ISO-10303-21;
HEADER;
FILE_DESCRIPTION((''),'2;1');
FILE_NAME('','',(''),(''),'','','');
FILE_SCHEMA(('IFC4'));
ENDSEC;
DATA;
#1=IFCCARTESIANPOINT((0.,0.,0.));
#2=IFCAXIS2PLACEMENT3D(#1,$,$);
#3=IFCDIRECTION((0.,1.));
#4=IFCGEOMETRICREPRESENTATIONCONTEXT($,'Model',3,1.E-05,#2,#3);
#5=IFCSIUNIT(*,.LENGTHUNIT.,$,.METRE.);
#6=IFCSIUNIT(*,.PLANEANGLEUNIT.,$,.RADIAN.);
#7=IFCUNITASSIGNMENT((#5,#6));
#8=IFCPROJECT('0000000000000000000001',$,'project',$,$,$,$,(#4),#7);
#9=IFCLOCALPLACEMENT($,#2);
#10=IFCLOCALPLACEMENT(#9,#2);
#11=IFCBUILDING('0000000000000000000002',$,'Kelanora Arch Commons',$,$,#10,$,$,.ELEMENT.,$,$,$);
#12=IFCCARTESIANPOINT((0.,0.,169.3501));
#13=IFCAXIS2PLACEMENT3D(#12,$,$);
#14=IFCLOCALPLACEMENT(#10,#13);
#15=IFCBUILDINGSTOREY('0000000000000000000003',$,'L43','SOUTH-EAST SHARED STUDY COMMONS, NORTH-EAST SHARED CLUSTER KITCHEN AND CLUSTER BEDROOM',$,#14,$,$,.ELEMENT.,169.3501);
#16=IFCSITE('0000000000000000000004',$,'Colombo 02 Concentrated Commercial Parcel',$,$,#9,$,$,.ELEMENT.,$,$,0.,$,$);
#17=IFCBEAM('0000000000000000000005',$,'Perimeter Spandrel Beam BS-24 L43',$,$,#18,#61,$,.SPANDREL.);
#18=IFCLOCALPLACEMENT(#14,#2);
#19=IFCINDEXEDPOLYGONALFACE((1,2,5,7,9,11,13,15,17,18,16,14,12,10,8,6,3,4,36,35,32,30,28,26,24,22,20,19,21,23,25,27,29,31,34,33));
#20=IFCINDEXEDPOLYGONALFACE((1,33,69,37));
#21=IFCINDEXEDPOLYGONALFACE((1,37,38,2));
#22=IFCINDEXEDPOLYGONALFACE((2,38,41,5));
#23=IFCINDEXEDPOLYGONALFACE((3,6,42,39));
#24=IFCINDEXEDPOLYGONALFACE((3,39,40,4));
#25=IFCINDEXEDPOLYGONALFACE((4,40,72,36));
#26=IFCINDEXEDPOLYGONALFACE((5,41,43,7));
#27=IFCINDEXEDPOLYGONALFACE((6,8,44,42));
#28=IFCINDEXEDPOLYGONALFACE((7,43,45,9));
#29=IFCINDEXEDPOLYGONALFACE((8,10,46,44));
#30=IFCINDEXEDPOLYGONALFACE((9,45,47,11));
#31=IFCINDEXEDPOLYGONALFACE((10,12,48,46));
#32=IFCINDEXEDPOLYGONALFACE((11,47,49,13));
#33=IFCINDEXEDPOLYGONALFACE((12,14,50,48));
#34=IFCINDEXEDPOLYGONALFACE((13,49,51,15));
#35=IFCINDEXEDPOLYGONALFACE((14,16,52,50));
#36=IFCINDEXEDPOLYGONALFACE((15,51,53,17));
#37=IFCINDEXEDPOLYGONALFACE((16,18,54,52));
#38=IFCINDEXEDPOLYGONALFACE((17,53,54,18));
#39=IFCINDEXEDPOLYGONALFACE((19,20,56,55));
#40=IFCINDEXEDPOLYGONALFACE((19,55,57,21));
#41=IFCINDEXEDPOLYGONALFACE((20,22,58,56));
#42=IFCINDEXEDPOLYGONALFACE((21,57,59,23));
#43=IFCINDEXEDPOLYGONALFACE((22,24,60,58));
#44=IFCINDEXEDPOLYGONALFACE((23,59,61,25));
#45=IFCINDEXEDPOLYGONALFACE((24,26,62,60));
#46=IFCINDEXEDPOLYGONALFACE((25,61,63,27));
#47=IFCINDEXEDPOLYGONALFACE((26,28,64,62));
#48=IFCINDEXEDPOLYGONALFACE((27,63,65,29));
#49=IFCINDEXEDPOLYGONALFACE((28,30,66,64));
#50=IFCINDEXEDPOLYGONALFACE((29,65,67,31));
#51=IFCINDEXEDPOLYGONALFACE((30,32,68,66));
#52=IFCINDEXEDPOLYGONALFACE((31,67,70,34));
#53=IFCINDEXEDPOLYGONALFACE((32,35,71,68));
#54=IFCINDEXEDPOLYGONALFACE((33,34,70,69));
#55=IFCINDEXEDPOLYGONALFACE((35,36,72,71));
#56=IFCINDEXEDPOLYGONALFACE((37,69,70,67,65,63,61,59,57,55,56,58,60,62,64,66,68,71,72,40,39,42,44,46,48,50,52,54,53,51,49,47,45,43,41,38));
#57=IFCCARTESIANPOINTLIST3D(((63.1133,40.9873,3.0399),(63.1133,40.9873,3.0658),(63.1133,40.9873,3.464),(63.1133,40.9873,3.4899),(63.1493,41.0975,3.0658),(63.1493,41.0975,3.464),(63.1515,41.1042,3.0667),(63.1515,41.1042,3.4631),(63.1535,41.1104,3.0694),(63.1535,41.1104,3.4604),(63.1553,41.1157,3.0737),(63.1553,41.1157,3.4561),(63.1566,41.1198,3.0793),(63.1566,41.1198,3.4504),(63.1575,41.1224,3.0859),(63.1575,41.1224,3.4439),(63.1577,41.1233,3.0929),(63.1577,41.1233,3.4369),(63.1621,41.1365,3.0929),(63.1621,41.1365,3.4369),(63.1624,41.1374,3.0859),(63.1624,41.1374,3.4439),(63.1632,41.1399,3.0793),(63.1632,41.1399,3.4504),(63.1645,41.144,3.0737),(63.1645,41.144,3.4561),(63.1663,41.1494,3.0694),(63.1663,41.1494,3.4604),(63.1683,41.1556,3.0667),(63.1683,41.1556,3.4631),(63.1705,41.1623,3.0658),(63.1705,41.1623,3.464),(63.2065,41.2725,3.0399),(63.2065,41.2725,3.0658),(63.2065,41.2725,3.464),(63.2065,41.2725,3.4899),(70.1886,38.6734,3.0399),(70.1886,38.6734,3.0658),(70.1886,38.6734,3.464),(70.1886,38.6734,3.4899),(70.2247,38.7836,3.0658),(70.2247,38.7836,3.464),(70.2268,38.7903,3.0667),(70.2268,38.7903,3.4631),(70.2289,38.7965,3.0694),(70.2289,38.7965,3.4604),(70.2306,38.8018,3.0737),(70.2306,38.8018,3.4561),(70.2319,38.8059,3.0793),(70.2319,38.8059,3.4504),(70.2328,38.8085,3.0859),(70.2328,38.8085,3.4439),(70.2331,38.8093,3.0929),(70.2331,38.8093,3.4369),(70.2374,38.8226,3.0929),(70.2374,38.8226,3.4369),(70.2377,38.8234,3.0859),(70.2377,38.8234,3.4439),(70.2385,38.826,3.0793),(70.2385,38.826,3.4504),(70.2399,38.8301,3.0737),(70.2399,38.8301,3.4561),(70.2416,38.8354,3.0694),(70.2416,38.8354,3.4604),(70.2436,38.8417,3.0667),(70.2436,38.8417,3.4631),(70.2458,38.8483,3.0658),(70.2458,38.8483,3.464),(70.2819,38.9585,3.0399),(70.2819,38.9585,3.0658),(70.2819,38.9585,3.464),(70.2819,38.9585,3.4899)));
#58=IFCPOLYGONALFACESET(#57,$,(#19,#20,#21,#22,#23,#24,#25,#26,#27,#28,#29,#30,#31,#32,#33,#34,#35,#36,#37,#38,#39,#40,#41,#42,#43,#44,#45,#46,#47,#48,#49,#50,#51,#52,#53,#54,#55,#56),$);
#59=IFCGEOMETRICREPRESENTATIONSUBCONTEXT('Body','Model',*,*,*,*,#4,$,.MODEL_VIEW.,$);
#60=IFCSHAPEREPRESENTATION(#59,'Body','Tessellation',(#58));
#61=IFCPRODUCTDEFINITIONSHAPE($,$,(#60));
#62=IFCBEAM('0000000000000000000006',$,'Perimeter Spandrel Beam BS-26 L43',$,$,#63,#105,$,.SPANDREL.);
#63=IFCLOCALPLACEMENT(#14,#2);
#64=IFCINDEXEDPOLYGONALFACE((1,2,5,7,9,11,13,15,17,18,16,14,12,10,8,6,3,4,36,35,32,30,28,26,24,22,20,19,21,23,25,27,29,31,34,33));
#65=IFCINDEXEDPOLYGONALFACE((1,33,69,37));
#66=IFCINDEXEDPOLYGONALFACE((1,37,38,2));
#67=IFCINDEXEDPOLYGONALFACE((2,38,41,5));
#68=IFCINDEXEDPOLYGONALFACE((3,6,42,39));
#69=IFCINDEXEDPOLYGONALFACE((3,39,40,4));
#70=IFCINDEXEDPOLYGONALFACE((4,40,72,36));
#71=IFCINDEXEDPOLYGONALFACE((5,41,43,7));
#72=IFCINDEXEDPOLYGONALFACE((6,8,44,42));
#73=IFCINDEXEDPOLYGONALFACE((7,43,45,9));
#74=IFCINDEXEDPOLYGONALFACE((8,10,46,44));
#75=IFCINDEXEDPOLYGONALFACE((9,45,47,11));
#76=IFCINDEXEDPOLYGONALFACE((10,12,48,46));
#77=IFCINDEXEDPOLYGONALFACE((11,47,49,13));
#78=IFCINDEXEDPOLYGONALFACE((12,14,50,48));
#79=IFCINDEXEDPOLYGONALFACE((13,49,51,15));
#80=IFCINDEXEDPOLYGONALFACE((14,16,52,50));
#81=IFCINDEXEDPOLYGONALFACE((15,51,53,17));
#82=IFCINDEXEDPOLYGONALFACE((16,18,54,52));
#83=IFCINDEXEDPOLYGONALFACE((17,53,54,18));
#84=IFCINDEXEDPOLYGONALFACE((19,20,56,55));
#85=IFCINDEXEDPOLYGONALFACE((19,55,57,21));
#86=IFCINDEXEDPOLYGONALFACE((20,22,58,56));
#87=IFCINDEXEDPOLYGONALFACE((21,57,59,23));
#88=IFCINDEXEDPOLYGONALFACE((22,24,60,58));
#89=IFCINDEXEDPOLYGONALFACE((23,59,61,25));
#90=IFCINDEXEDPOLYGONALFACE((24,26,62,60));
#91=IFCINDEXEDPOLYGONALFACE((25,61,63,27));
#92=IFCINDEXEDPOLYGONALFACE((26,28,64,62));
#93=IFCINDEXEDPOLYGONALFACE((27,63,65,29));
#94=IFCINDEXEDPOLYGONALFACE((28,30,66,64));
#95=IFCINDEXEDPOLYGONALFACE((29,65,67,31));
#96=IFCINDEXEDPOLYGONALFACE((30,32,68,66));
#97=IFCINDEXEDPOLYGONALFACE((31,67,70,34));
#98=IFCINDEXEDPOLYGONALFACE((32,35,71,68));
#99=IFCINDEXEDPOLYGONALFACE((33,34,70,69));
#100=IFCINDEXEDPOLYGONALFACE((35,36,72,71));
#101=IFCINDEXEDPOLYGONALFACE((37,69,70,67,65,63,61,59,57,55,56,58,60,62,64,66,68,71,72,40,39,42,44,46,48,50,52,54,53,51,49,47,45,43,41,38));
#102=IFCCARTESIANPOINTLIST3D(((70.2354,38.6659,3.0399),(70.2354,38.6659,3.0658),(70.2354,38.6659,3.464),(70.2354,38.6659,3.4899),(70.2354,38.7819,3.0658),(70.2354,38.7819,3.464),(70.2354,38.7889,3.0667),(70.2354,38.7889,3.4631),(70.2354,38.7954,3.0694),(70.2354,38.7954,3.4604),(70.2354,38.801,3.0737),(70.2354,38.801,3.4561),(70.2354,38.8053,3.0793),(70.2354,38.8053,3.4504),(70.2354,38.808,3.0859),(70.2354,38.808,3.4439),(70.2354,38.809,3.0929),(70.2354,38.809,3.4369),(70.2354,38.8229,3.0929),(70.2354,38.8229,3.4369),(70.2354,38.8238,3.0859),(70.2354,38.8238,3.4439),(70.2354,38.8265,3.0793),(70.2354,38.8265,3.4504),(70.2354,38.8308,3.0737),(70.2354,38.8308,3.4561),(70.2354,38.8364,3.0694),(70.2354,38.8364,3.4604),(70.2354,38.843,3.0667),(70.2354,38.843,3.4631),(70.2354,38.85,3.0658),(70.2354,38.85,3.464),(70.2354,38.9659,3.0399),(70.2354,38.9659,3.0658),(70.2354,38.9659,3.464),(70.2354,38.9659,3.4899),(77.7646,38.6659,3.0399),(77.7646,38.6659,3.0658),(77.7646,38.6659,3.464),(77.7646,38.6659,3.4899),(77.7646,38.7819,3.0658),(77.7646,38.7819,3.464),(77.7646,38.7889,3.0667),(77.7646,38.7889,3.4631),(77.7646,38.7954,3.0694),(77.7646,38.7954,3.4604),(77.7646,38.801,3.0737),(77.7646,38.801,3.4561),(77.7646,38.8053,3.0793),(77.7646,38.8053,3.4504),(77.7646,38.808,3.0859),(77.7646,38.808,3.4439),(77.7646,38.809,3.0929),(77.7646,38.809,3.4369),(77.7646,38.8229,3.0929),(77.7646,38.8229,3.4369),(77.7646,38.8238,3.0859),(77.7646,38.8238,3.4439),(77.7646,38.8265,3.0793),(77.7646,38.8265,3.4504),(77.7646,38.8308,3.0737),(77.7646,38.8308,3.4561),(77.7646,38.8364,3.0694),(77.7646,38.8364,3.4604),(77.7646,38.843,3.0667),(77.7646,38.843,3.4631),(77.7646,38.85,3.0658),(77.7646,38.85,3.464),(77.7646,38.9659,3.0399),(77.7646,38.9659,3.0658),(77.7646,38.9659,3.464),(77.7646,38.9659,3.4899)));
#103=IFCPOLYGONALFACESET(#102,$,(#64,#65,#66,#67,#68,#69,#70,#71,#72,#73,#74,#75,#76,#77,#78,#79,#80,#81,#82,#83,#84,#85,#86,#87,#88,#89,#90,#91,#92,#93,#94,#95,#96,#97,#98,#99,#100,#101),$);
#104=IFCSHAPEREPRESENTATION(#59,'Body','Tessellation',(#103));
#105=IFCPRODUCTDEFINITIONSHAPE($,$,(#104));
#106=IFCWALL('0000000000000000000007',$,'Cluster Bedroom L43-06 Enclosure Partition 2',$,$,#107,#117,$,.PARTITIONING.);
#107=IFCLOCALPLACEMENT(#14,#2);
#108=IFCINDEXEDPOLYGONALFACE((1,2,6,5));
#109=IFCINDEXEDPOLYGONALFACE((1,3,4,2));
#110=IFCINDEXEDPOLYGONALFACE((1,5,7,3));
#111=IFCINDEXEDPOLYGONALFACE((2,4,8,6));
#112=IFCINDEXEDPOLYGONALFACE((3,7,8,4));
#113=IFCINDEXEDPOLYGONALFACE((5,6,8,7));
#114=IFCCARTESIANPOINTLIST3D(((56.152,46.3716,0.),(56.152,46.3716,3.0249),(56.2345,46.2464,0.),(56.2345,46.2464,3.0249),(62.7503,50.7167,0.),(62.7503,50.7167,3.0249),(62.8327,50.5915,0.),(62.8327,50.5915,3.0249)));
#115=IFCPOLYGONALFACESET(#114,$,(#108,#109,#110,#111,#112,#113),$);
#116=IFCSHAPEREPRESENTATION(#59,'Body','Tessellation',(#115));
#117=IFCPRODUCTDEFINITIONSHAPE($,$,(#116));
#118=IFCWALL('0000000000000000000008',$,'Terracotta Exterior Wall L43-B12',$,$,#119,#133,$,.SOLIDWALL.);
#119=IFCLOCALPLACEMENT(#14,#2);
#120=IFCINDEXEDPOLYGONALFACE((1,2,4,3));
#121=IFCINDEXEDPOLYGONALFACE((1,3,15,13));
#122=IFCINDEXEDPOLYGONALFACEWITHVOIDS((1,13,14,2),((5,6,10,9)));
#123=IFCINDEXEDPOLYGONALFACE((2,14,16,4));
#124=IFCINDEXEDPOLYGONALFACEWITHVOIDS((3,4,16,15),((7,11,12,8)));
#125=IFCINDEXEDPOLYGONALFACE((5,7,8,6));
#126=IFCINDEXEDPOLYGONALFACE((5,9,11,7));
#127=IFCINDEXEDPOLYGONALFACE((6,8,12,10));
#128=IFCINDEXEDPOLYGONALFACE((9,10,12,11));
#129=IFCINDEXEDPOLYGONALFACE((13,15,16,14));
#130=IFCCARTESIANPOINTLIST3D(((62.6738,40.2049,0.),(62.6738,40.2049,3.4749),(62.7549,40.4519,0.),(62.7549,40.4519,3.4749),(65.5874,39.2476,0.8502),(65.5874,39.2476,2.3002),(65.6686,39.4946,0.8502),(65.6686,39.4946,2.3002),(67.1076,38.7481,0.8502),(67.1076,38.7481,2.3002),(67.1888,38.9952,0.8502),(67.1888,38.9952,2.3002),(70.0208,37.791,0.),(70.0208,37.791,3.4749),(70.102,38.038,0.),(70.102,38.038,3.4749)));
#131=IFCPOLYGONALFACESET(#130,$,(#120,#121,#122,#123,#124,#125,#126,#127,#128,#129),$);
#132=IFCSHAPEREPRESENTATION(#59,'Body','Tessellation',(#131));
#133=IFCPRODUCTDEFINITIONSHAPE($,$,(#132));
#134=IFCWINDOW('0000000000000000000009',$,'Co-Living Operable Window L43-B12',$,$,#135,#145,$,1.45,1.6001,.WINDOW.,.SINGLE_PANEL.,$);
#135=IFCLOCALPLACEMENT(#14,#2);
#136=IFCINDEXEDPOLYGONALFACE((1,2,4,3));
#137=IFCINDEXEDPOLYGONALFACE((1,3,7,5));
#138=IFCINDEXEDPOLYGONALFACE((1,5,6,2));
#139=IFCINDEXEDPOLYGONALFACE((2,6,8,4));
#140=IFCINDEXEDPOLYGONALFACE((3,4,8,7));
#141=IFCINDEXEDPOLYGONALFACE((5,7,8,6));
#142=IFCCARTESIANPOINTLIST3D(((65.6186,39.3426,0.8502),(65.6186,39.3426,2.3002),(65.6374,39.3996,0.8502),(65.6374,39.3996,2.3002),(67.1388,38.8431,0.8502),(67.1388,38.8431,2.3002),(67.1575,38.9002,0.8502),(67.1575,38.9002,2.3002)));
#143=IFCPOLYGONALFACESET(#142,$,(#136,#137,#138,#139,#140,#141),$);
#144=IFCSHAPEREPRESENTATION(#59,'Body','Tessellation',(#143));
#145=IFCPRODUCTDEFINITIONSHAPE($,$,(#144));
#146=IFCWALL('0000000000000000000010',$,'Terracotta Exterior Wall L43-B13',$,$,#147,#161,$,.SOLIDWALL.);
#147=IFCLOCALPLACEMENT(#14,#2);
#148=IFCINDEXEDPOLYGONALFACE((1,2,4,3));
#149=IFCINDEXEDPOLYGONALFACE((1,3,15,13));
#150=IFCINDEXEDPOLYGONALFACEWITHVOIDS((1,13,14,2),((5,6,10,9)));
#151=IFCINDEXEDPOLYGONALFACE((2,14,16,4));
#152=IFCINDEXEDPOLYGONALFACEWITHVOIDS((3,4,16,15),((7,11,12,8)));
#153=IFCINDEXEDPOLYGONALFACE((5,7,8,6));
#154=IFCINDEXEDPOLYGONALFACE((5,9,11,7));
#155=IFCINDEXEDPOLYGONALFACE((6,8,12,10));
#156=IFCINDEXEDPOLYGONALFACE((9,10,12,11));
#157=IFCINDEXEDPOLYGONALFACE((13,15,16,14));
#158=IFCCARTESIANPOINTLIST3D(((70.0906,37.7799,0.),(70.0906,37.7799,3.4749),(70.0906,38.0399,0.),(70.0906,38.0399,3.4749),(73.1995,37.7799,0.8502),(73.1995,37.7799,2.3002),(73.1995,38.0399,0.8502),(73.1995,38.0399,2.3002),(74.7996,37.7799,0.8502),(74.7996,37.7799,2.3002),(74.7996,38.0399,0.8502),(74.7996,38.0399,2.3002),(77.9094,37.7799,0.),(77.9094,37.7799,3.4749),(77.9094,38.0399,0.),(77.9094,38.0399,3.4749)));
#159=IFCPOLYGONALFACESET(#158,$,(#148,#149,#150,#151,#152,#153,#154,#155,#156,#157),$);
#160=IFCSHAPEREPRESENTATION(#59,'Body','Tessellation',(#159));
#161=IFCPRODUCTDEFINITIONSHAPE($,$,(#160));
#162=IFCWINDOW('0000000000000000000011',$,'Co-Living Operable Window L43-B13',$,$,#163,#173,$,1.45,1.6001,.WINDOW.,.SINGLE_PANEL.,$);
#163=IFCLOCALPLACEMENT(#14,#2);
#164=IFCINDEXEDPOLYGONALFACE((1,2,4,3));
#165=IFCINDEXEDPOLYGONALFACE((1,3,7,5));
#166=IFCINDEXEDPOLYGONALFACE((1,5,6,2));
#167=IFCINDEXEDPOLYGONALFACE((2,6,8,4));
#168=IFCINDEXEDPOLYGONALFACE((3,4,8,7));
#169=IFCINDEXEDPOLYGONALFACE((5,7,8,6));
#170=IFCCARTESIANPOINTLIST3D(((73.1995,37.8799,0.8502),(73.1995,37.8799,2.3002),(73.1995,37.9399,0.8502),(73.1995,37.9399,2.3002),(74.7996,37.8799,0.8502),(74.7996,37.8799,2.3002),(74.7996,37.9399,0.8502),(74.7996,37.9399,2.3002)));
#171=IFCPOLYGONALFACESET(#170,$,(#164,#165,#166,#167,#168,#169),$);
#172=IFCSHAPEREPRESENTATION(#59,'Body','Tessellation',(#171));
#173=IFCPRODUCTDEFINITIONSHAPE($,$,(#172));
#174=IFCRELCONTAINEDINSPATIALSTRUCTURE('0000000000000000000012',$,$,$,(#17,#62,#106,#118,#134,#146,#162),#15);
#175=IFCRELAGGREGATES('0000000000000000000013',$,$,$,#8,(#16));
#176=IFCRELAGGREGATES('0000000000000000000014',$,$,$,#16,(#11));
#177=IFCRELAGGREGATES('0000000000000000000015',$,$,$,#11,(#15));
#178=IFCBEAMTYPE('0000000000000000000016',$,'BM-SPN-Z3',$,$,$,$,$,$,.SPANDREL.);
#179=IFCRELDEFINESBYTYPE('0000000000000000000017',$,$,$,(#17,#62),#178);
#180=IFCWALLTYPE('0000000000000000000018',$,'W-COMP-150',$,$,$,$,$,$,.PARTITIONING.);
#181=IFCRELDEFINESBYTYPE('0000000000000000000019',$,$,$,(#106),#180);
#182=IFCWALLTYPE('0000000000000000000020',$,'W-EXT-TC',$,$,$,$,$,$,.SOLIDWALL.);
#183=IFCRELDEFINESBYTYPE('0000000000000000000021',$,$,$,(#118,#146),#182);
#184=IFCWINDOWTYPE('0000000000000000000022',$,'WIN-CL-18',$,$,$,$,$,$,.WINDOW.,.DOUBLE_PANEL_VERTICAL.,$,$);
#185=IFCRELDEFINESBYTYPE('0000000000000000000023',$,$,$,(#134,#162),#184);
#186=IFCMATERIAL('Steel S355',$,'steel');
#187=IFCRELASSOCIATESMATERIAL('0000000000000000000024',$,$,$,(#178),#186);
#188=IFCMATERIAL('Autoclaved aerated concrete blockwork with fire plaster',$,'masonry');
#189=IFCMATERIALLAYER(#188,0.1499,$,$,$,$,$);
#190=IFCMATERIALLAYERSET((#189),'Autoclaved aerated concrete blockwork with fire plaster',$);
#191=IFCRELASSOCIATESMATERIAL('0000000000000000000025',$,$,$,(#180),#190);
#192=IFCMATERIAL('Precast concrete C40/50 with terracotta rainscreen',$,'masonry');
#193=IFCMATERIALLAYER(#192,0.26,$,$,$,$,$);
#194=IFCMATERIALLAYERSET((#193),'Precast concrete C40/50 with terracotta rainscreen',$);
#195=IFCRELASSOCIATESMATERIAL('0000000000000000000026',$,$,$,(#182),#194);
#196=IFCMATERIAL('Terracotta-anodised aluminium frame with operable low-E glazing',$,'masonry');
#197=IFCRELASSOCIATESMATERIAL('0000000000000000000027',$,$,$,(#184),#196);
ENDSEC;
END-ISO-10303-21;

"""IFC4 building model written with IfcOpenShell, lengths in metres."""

from ifc_helpers import new_model, si_unit, direction, frame, frame_2d, origin, origin_2d, place, context, subcontext, project, spatial, rectangle, i_section, extrude, material, layer, layer_set, material_profile, profile_set, type_object, element, fill, save


model = new_model("IFC4")

# Units and contexts
model_context = context("Model", 3, precision=1e-05, world=origin(), true_north=direction((0.0, 1.0)))
body_context = subcontext(model_context, "Body", "Model", "MODEL_VIEW")
ifc_project = project(units=[si_unit("LENGTHUNIT", "METRE"), si_unit("PLANEANGLEUNIT", "RADIAN")], contexts=[model_context])

# Site, building, storey
site_placement = place(None, origin())
site = spatial("IfcSite", under=ifc_project, at=site_placement, Name="Colombo 02 Concentrated Commercial Parcel", CompositionType="ELEMENT", RefElevation=0.0)
building_placement = place(site_placement, origin())
building = spatial("IfcBuilding", under=site, at=building_placement, Name="Kelanora Arch Commons", CompositionType="ELEMENT")
storey_placement = place(building_placement, frame((0.0, 0.0, 169.3501)))
storey = spatial("IfcBuildingStorey", under=building, at=storey_placement, Name="L43", Description="SOUTH-EAST SHARED STUDY COMMONS, NORTH-EAST SHARED CLUSTER KITCHEN AND CLUSTER BEDROOM", CompositionType="ELEMENT", Elevation=169.3501)

# Beams
ifc_material_1 = material(Name="Steel S355", Category="steel")
ifc_material_profile_1 = material_profile(ifc_material_1, i_section(OverallWidth=0.3, OverallDepth=0.45, WebThickness=0.0139, FlangeThickness=0.0259, FilletRadius=0.0271, at=origin_2d()), Name="HEB450")
ifc_profile_set_1 = profile_set([ifc_material_profile_1], Name="Steel S355")
beam_type_1 = type_object("IfcBeamType", Name="BM-SPN-Z3", PredefinedType="SPANDREL", material=ifc_profile_set_1)
beam_1_placement = place(storey_placement, frame((63.1599, 41.1299, 3.2649), z_axis=(0.950462, -0.310841, 0.0), x_axis=(0.310841, 0.950462, 0.0)))
element("IfcBeam", 1, at=beam_1_placement, inside=storey, type_object=beam_type_1, Name="Perimeter Spandrel Beam BS-24 L43", PredefinedType="SPANDREL", context=body_context, shape_type="SweptSolid", body=[
    extrude(i_section(OverallWidth=0.3, OverallDepth=0.45, WebThickness=0.0139, FlangeThickness=0.0259, FilletRadius=0.0271, at=origin_2d()), origin(), (0.0, 0.0, 1.0), 7.4441),
])
beam_2_placement = place(storey_placement, frame((70.2354, 38.8159, 3.2649), z_axis=(1.0, 0.0, 0.0), x_axis=(0.0, 1.0, 0.0)))
element("IfcBeam", 2, at=beam_2_placement, inside=storey, type_object=beam_type_1, Name="Perimeter Spandrel Beam BS-26 L43", PredefinedType="SPANDREL", context=body_context, shape_type="SweptSolid", body=[
    extrude(i_section(OverallWidth=0.3, OverallDepth=0.45, WebThickness=0.0139, FlangeThickness=0.0259, FilletRadius=0.0271, at=origin_2d()), origin(), (0.0, 0.0, 1.0), 7.5293),
])

# Wall
ifc_material_2 = material(Name="Autoclaved aerated concrete blockwork with fire plaster", Category="masonry")
ifc_layer_1 = layer(ifc_material_2, 0.1499)
ifc_layer_set_1 = layer_set([ifc_layer_1], Name="Autoclaved aerated concrete blockwork with fire plaster")
wall_type_1 = type_object("IfcWallType", Name="W-COMP-150", PredefinedType="PARTITIONING", material=ifc_layer_set_1)
wall_1_placement = place(storey_placement, frame((62.7915, 50.6541, 0.0), z_axis=(0.0, 0.0, 1.0), x_axis=(-0.83518, -0.549977, 0.0)))
element("IfcWall", 3, at=wall_1_placement, inside=storey, type_object=wall_type_1, Name="Cluster Bedroom L43-06 Enclosure Partition 2", PredefinedType="PARTITIONING", context=body_context, shape_type="SweptSolid", body=[
    extrude(rectangle(XDim=7.9004, YDim=0.1499, at=frame_2d((3.9502, 0.0))), origin(), (0.0, 0.0, 1.0), 3.0249),
])

# Walls, openings, windows
ifc_material_3 = material(Name="Precast concrete C40/50 with terracotta rainscreen", Category="masonry")
ifc_layer_2 = layer(ifc_material_3, 0.26)
ifc_layer_set_2 = layer_set([ifc_layer_2], Name="Precast concrete C40/50 with terracotta rainscreen")
wall_type_2 = type_object("IfcWallType", Name="W-EXT-TC", PredefinedType="SOLIDWALL", material=ifc_layer_set_2)
wall_2_placement = place(storey_placement, frame((62.7144, 40.3284, 0.0), z_axis=(0.0, 0.0, 1.0), x_axis=(0.950038, -0.312133, 0.0)))
wall_2 = element("IfcWall", 4, at=wall_2_placement, inside=storey, type_object=wall_type_2, Name="Terracotta Exterior Wall L43-B12", PredefinedType="SOLIDWALL", context=body_context, shape_type="SweptSolid", body=[
    extrude(rectangle(XDim=7.7334, YDim=0.26, at=frame_2d((3.8667, 0.0))), origin(), (0.0, 0.0, 1.0), 3.4749),
])
opening_1_placement = place(wall_2_placement, frame((3.0669, 0.0, 0.8501)))
opening_1 = element("IfcOpeningElement", 5, at=opening_1_placement, cuts=wall_2, PredefinedType="OPENING", context=body_context, shape_type="SweptSolid", body=[
    extrude(rectangle(XDim=1.6001, YDim=1.45, at=frame_2d((0.8, 0.7251))), frame((0.0, 0.1401, 0.0), z_axis=(0.0, -1.0, 0.0), x_axis=(1.0, 0.0, 0.0)), (0.0, 0.0, 1.0), 0.28),
])
ifc_material_4 = material(Name="Terracotta-anodised aluminium frame with operable low-E glazing", Category="masonry")
window_type = type_object("IfcWindowType", Name="WIN-CL-18", PartitioningType="DOUBLE_PANEL_VERTICAL", PredefinedType="WINDOW", material=ifc_material_4)
window_1_placement = place(opening_1_placement, origin())
window_1 = element("IfcWindow", 6, at=window_1_placement, inside=storey, type_object=window_type, Name="Co-Living Operable Window L43-B12", OverallHeight=1.45, OverallWidth=1.6001, PartitioningType="SINGLE_PANEL", PredefinedType="WINDOW", context=body_context, shape_type="SweptSolid", body=[
    extrude(rectangle(XDim=1.6001, YDim=1.45, at=frame_2d((0.8, 0.7251))), frame((0.0, 0.03, 0.0), z_axis=(0.0, -1.0, 0.0), x_axis=(1.0, 0.0, 0.0)), (0.0, 0.0, 1.0), 0.0601),
])
fill(opening_1, window_1)
wall_3_placement = place(storey_placement, frame((70.0906, 37.9099, 0.0), z_axis=(0.0, 0.0, 1.0), x_axis=(1.0, 0.0, 0.0)))
wall_3 = element("IfcWall", 7, at=wall_3_placement, inside=storey, type_object=wall_type_2, Name="Terracotta Exterior Wall L43-B13", PredefinedType="SOLIDWALL", context=body_context, shape_type="SweptSolid", body=[
    extrude(rectangle(XDim=7.8188, YDim=0.26, at=frame_2d((3.9094, 0.0))), origin(), (0.0, 0.0, 1.0), 3.4749),
])
opening_2_placement = place(wall_3_placement, frame((3.1089, 0.0, 0.8501)))
opening_2 = element("IfcOpeningElement", 8, at=opening_2_placement, cuts=wall_3, PredefinedType="OPENING", context=body_context, shape_type="SweptSolid", body=[
    extrude(rectangle(XDim=1.6001, YDim=1.45, at=frame_2d((0.8, 0.7251))), frame((0.0, 0.1401, 0.0), z_axis=(0.0, -1.0, 0.0), x_axis=(1.0, 0.0, 0.0)), (0.0, 0.0, 1.0), 0.28),
])
window_2_placement = place(opening_2_placement, origin())
window_2 = element("IfcWindow", 9, at=window_2_placement, inside=storey, type_object=window_type, Name="Co-Living Operable Window L43-B13", OverallHeight=1.45, OverallWidth=1.6001, PartitioningType="SINGLE_PANEL", PredefinedType="WINDOW", context=body_context, shape_type="SweptSolid", body=[
    extrude(rectangle(XDim=1.6001, YDim=1.45, at=frame_2d((0.8, 0.7251))), frame((0.0, 0.03, 0.0), z_axis=(0.0, -1.0, 0.0), x_axis=(1.0, 0.0, 0.0)), (0.0, 0.0, 1.0), 0.0601),
])
fill(opening_2, window_2)

save(model, "model.ifc")
